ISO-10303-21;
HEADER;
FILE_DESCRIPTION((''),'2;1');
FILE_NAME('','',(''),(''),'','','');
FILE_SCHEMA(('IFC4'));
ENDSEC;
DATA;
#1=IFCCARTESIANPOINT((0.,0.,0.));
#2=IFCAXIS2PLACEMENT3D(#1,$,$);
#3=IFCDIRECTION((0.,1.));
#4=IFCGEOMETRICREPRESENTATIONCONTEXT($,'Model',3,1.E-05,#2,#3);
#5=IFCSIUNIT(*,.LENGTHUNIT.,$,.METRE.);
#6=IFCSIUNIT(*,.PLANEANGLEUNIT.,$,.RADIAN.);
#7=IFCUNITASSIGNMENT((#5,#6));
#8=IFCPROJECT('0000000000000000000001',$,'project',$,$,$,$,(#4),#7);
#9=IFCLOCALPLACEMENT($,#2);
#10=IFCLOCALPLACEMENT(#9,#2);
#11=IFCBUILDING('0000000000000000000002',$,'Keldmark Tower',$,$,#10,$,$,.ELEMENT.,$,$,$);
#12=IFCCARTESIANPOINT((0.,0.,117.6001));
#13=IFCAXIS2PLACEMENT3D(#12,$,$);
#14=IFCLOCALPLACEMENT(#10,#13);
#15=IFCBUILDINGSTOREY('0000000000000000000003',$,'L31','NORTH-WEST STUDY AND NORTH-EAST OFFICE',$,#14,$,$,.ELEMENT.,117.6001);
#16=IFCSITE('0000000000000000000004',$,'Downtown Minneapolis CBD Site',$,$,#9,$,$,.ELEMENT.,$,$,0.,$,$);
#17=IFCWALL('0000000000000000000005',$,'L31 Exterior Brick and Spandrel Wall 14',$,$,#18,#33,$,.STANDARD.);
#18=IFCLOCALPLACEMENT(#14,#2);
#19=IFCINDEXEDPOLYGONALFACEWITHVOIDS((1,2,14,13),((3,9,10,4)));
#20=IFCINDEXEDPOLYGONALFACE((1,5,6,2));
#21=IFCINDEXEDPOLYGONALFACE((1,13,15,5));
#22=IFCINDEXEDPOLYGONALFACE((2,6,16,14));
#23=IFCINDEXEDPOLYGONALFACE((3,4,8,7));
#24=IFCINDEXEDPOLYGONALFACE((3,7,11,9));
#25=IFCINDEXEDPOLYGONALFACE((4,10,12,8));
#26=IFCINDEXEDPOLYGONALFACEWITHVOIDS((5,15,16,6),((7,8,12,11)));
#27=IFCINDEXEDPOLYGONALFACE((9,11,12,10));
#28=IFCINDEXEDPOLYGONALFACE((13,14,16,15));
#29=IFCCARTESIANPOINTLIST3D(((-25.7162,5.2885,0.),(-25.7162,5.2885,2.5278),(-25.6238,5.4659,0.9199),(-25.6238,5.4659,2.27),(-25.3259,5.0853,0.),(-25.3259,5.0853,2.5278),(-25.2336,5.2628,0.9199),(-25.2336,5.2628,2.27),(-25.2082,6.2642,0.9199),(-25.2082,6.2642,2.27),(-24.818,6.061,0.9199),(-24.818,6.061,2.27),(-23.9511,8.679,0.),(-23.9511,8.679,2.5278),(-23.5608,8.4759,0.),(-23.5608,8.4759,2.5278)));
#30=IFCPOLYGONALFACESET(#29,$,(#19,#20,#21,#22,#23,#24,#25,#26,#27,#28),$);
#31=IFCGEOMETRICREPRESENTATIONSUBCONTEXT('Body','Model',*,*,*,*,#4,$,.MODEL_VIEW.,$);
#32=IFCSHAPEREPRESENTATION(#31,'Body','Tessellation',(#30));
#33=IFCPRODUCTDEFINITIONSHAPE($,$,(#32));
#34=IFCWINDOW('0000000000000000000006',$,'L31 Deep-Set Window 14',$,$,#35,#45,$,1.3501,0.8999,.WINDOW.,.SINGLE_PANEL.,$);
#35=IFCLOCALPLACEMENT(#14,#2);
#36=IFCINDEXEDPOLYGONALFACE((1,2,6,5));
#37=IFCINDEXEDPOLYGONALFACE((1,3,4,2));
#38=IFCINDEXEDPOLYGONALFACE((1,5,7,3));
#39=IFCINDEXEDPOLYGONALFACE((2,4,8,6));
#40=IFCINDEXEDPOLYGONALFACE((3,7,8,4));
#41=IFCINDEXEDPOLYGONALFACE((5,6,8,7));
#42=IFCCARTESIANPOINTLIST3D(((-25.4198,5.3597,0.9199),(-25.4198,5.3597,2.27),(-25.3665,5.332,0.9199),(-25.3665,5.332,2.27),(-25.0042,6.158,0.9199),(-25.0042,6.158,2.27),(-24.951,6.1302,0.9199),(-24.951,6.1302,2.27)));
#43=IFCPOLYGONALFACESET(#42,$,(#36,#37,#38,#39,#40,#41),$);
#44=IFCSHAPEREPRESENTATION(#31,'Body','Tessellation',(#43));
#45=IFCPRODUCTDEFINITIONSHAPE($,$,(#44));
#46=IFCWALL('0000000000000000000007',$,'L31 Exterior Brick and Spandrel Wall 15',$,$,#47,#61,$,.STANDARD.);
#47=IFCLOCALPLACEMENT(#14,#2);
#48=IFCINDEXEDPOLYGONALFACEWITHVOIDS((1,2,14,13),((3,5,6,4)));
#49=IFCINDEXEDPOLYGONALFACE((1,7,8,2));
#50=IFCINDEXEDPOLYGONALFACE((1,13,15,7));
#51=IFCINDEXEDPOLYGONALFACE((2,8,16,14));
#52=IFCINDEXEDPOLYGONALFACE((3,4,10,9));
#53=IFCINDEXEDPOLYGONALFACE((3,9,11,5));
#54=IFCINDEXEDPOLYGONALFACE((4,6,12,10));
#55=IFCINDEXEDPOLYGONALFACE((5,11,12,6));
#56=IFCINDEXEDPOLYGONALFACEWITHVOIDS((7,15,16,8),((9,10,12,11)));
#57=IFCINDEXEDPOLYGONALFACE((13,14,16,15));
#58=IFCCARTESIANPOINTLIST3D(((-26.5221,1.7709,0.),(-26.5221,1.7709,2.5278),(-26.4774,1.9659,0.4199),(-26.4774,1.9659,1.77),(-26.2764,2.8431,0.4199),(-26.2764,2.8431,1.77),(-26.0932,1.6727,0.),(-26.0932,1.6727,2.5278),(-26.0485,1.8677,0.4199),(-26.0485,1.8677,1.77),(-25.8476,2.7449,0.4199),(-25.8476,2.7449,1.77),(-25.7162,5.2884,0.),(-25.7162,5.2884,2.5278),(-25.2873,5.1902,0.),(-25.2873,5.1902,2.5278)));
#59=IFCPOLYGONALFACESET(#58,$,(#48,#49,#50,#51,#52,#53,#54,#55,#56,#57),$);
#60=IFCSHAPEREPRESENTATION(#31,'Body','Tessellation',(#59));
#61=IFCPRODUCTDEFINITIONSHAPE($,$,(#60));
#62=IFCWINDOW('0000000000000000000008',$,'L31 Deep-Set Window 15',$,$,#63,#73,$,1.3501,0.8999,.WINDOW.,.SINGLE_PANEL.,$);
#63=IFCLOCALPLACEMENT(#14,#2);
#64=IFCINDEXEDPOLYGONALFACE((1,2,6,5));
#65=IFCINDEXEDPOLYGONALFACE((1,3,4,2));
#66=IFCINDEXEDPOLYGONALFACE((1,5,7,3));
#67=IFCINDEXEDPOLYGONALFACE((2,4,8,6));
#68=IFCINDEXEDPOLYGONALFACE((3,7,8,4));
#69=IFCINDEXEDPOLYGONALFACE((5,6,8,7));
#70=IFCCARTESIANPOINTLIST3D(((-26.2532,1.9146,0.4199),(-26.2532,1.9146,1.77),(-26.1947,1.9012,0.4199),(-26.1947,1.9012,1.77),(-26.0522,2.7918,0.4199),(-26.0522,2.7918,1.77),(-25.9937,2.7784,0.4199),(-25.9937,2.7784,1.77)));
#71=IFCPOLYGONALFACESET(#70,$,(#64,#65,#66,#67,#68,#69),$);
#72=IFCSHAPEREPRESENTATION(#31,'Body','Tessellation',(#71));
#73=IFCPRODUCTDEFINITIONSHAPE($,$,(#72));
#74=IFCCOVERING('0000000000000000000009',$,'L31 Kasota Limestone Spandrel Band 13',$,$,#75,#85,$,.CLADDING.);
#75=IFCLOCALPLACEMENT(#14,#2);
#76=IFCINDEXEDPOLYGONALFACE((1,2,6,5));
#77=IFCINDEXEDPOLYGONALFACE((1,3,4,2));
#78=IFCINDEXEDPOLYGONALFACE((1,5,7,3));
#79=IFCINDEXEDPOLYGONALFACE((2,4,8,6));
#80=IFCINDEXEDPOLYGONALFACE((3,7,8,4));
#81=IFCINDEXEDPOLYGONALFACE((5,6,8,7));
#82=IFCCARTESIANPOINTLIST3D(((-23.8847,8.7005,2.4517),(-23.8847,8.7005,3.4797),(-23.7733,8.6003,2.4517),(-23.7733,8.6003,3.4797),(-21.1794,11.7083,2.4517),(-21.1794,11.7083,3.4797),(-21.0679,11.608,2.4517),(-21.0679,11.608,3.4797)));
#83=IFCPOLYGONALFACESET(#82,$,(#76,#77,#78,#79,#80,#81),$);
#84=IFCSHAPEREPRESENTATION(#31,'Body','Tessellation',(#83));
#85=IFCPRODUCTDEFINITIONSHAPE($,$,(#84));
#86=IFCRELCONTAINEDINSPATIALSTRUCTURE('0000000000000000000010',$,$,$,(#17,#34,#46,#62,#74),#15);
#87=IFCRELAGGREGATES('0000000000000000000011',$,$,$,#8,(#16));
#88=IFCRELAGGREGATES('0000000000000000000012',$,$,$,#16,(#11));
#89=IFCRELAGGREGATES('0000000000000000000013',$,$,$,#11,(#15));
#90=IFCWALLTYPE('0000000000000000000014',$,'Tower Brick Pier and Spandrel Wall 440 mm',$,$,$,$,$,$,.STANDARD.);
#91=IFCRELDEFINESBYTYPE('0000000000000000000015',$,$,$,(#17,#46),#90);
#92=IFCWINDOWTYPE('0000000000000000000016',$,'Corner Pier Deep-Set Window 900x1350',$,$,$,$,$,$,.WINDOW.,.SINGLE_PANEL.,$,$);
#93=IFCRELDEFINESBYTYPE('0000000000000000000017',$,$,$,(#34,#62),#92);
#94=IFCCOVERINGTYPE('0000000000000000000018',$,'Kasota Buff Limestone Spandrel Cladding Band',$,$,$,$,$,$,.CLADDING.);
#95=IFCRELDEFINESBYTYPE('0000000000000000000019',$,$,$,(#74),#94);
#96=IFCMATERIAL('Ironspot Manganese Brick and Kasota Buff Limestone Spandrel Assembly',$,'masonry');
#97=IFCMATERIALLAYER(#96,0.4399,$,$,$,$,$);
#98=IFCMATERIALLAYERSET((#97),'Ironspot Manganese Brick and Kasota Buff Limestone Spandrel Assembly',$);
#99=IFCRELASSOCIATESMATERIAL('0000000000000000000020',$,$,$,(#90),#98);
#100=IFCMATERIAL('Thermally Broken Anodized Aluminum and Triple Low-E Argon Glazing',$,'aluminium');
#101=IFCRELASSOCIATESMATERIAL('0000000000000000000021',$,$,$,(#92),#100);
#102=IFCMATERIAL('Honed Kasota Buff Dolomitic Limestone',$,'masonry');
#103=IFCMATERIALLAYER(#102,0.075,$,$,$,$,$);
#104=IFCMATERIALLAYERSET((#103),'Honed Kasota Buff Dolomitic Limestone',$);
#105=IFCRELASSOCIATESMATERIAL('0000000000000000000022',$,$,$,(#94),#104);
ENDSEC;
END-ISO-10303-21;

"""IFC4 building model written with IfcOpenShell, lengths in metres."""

from ifc_helpers import new_model, si_unit, direction, frame, frame_2d, origin, origin_2d, place, context, subcontext, project, spatial, rectangle, extrude, material, layer, layer_set, type_object, element, fill, save


model = new_model("IFC4")

# Units and contexts
model_context = context("Model", 3, precision=1e-05, world=origin(), true_north=direction((0.0, 1.0)))
body_context = subcontext(model_context, "Body", "Model", "MODEL_VIEW")
ifc_project = project(units=[si_unit("LENGTHUNIT", "METRE"), si_unit("PLANEANGLEUNIT", "RADIAN")], contexts=[model_context])

# Site, building, storey
site_placement = place(None, origin())
site = spatial("IfcSite", under=ifc_project, at=site_placement, Name="Downtown Minneapolis CBD Site", CompositionType="ELEMENT", RefElevation=0.0)
building_placement = place(site_placement, origin())
building = spatial("IfcBuilding", under=site, at=building_placement, Name="Keldmark Tower", CompositionType="ELEMENT")
storey_placement = place(building_placement, frame((0.0, 0.0, 117.6001)))
storey = spatial("IfcBuildingStorey", under=building, at=storey_placement, Name="L31", Description="NORTH-WEST STUDY AND NORTH-EAST OFFICE", CompositionType="ELEMENT", Elevation=117.6001)

# Walls, openings, windows
ifc_material_1 = material(Name="Ironspot Manganese Brick and Kasota Buff Limestone Spandrel Assembly", Category="masonry")
ifc_layer_1 = layer(ifc_material_1, 0.4399)
ifc_layer_set_1 = layer_set([ifc_layer_1], Name="Ironspot Manganese Brick and Kasota Buff Limestone Spandrel Assembly")
wall_type_1 = type_object("IfcWallType", Name="Tower Brick Pier and Spandrel Wall 440 mm", PredefinedType="STANDARD", material=ifc_layer_set_1)
ifc_material_2 = material(Name="Thermally Broken Anodized Aluminum and Triple Low-E Argon Glazing", Category="aluminium")
window_type_1 = type_object("IfcWindowType", Name="Corner Pier Deep-Set Window 900x1350", PartitioningType="SINGLE_PANEL", PredefinedType="WINDOW", material=ifc_material_2)
wall_1_placement = place(storey_placement, frame((-25.521, 5.187, 0.0), z_axis=(0.0, 0.0, 1.0), x_axis=(0.461767, 0.887001, 0.0)))
wall_1 = element("IfcWall", 1, at=wall_1_placement, inside=storey, type_object=wall_type_1, Name="L31 Exterior Brick and Spandrel Wall 14", PredefinedType="STANDARD", context=body_context, shape_type="SweptSolid", body=[
    extrude(rectangle(XDim=3.8225, YDim=0.4399, at=frame_2d((1.9111, 0.0))), origin(), (0.0, 0.0, 1.0), 2.5278),
])
opening_1_placement = place(wall_1_placement, frame((0.2, 0.0, 0.9199)))
opening_1 = element("IfcOpeningElement", 2, at=opening_1_placement, cuts=wall_1, PredefinedType="OPENING", context=body_context, shape_type="SweptSolid", body=[
    extrude(rectangle(XDim=0.8999, YDim=1.3501, at=frame_2d((0.45, 0.675))), frame((0.0, 0.23, 0.0), z_axis=(0.0, -1.0, 0.0), x_axis=(1.0, 0.0, 0.0)), (0.0, 0.0, 1.0), 0.46),
])
window_1_placement = place(opening_1_placement, origin())
window_1 = element("IfcWindow", 3, at=window_1_placement, inside=storey, type_object=window_type_1, Name="L31 Deep-Set Window 14", OverallHeight=1.3501, OverallWidth=0.8999, PartitioningType="SINGLE_PANEL", PredefinedType="WINDOW", context=body_context, shape_type="SweptSolid", body=[
    extrude(rectangle(XDim=0.8999, YDim=1.3501, at=frame_2d((0.45, 0.675))), frame((0.0, -0.01, 0.0), z_axis=(0.0, -1.0, 0.0), x_axis=(1.0, 0.0, 0.0)), (0.0, 0.0, 1.0), 0.0601),
])
fill(opening_1, window_1)
wall_2_placement = place(storey_placement, frame((-26.3076, 1.7219, 0.0), z_axis=(0.0, 0.0, 1.0), x_axis=(0.223323, 0.974745, 0.0)))
wall_2 = element("IfcWall", 4, at=wall_2_placement, inside=storey, type_object=wall_type_1, Name="L31 Exterior Brick and Spandrel Wall 15", PredefinedType="STANDARD", context=body_context, shape_type="SweptSolid", body=[
    extrude(rectangle(XDim=3.6086, YDim=0.4399, at=frame_2d((1.8042, 0.0))), origin(), (0.0, 0.0, 1.0), 2.5278),
])
opening_2_placement = place(wall_2_placement, frame((0.2, 0.0, 0.4199)))
opening_2 = element("IfcOpeningElement", 5, at=opening_2_placement, cuts=wall_2, PredefinedType="OPENING", context=body_context, shape_type="SweptSolid", body=[
    extrude(rectangle(XDim=0.8999, YDim=1.3501, at=frame_2d((0.45, 0.675))), frame((0.0, 0.23, 0.0), z_axis=(0.0, -1.0, 0.0), x_axis=(1.0, 0.0, 0.0)), (0.0, 0.0, 1.0), 0.46),
])
window_2_placement = place(opening_2_placement, origin())
window_2 = element("IfcWindow", 6, at=window_2_placement, inside=storey, type_object=window_type_1, Name="L31 Deep-Set Window 15", OverallHeight=1.3501, OverallWidth=0.8999, PartitioningType="SINGLE_PANEL", PredefinedType="WINDOW", context=body_context, shape_type="SweptSolid", body=[
    extrude(rectangle(XDim=0.8999, YDim=1.3501, at=frame_2d((0.45, 0.675))), frame((0.0, -0.01, 0.0), z_axis=(0.0, -1.0, 0.0), x_axis=(1.0, 0.0, 0.0)), (0.0, 0.0, 1.0), 0.0601),
])
fill(opening_2, window_2)

# Covering
ifc_material_3 = material(Name="Honed Kasota Buff Dolomitic Limestone", Category="masonry")
ifc_layer_2 = layer(ifc_material_3, 0.075)
ifc_layer_set_2 = layer_set([ifc_layer_2], Name="Honed Kasota Buff Dolomitic Limestone")
covering_type = type_object("IfcCoveringType", Name="Kasota Buff Limestone Spandrel Cladding Band", PredefinedType="CLADDING", material=ifc_layer_set_2)
covering_placement = place(storey_placement, frame((-22.4763, 10.1543, 2.4517), z_axis=(0.0, 0.0, 1.0), x_axis=(-0.668741, -0.743495, 0.0)))
element("IfcCovering", 7, at=covering_placement, inside=storey, type_object=covering_type, Name="L31 Kasota Limestone Spandrel Band 13", PredefinedType="CLADDING", context=body_context, shape_type="SweptSolid", body=[
    extrude(rectangle(XDim=4.0454, YDim=0.1499, at=origin_2d()), origin(), (0.0, 0.0, 1.0), 1.0281),
])

save(model, "model.ifc")
